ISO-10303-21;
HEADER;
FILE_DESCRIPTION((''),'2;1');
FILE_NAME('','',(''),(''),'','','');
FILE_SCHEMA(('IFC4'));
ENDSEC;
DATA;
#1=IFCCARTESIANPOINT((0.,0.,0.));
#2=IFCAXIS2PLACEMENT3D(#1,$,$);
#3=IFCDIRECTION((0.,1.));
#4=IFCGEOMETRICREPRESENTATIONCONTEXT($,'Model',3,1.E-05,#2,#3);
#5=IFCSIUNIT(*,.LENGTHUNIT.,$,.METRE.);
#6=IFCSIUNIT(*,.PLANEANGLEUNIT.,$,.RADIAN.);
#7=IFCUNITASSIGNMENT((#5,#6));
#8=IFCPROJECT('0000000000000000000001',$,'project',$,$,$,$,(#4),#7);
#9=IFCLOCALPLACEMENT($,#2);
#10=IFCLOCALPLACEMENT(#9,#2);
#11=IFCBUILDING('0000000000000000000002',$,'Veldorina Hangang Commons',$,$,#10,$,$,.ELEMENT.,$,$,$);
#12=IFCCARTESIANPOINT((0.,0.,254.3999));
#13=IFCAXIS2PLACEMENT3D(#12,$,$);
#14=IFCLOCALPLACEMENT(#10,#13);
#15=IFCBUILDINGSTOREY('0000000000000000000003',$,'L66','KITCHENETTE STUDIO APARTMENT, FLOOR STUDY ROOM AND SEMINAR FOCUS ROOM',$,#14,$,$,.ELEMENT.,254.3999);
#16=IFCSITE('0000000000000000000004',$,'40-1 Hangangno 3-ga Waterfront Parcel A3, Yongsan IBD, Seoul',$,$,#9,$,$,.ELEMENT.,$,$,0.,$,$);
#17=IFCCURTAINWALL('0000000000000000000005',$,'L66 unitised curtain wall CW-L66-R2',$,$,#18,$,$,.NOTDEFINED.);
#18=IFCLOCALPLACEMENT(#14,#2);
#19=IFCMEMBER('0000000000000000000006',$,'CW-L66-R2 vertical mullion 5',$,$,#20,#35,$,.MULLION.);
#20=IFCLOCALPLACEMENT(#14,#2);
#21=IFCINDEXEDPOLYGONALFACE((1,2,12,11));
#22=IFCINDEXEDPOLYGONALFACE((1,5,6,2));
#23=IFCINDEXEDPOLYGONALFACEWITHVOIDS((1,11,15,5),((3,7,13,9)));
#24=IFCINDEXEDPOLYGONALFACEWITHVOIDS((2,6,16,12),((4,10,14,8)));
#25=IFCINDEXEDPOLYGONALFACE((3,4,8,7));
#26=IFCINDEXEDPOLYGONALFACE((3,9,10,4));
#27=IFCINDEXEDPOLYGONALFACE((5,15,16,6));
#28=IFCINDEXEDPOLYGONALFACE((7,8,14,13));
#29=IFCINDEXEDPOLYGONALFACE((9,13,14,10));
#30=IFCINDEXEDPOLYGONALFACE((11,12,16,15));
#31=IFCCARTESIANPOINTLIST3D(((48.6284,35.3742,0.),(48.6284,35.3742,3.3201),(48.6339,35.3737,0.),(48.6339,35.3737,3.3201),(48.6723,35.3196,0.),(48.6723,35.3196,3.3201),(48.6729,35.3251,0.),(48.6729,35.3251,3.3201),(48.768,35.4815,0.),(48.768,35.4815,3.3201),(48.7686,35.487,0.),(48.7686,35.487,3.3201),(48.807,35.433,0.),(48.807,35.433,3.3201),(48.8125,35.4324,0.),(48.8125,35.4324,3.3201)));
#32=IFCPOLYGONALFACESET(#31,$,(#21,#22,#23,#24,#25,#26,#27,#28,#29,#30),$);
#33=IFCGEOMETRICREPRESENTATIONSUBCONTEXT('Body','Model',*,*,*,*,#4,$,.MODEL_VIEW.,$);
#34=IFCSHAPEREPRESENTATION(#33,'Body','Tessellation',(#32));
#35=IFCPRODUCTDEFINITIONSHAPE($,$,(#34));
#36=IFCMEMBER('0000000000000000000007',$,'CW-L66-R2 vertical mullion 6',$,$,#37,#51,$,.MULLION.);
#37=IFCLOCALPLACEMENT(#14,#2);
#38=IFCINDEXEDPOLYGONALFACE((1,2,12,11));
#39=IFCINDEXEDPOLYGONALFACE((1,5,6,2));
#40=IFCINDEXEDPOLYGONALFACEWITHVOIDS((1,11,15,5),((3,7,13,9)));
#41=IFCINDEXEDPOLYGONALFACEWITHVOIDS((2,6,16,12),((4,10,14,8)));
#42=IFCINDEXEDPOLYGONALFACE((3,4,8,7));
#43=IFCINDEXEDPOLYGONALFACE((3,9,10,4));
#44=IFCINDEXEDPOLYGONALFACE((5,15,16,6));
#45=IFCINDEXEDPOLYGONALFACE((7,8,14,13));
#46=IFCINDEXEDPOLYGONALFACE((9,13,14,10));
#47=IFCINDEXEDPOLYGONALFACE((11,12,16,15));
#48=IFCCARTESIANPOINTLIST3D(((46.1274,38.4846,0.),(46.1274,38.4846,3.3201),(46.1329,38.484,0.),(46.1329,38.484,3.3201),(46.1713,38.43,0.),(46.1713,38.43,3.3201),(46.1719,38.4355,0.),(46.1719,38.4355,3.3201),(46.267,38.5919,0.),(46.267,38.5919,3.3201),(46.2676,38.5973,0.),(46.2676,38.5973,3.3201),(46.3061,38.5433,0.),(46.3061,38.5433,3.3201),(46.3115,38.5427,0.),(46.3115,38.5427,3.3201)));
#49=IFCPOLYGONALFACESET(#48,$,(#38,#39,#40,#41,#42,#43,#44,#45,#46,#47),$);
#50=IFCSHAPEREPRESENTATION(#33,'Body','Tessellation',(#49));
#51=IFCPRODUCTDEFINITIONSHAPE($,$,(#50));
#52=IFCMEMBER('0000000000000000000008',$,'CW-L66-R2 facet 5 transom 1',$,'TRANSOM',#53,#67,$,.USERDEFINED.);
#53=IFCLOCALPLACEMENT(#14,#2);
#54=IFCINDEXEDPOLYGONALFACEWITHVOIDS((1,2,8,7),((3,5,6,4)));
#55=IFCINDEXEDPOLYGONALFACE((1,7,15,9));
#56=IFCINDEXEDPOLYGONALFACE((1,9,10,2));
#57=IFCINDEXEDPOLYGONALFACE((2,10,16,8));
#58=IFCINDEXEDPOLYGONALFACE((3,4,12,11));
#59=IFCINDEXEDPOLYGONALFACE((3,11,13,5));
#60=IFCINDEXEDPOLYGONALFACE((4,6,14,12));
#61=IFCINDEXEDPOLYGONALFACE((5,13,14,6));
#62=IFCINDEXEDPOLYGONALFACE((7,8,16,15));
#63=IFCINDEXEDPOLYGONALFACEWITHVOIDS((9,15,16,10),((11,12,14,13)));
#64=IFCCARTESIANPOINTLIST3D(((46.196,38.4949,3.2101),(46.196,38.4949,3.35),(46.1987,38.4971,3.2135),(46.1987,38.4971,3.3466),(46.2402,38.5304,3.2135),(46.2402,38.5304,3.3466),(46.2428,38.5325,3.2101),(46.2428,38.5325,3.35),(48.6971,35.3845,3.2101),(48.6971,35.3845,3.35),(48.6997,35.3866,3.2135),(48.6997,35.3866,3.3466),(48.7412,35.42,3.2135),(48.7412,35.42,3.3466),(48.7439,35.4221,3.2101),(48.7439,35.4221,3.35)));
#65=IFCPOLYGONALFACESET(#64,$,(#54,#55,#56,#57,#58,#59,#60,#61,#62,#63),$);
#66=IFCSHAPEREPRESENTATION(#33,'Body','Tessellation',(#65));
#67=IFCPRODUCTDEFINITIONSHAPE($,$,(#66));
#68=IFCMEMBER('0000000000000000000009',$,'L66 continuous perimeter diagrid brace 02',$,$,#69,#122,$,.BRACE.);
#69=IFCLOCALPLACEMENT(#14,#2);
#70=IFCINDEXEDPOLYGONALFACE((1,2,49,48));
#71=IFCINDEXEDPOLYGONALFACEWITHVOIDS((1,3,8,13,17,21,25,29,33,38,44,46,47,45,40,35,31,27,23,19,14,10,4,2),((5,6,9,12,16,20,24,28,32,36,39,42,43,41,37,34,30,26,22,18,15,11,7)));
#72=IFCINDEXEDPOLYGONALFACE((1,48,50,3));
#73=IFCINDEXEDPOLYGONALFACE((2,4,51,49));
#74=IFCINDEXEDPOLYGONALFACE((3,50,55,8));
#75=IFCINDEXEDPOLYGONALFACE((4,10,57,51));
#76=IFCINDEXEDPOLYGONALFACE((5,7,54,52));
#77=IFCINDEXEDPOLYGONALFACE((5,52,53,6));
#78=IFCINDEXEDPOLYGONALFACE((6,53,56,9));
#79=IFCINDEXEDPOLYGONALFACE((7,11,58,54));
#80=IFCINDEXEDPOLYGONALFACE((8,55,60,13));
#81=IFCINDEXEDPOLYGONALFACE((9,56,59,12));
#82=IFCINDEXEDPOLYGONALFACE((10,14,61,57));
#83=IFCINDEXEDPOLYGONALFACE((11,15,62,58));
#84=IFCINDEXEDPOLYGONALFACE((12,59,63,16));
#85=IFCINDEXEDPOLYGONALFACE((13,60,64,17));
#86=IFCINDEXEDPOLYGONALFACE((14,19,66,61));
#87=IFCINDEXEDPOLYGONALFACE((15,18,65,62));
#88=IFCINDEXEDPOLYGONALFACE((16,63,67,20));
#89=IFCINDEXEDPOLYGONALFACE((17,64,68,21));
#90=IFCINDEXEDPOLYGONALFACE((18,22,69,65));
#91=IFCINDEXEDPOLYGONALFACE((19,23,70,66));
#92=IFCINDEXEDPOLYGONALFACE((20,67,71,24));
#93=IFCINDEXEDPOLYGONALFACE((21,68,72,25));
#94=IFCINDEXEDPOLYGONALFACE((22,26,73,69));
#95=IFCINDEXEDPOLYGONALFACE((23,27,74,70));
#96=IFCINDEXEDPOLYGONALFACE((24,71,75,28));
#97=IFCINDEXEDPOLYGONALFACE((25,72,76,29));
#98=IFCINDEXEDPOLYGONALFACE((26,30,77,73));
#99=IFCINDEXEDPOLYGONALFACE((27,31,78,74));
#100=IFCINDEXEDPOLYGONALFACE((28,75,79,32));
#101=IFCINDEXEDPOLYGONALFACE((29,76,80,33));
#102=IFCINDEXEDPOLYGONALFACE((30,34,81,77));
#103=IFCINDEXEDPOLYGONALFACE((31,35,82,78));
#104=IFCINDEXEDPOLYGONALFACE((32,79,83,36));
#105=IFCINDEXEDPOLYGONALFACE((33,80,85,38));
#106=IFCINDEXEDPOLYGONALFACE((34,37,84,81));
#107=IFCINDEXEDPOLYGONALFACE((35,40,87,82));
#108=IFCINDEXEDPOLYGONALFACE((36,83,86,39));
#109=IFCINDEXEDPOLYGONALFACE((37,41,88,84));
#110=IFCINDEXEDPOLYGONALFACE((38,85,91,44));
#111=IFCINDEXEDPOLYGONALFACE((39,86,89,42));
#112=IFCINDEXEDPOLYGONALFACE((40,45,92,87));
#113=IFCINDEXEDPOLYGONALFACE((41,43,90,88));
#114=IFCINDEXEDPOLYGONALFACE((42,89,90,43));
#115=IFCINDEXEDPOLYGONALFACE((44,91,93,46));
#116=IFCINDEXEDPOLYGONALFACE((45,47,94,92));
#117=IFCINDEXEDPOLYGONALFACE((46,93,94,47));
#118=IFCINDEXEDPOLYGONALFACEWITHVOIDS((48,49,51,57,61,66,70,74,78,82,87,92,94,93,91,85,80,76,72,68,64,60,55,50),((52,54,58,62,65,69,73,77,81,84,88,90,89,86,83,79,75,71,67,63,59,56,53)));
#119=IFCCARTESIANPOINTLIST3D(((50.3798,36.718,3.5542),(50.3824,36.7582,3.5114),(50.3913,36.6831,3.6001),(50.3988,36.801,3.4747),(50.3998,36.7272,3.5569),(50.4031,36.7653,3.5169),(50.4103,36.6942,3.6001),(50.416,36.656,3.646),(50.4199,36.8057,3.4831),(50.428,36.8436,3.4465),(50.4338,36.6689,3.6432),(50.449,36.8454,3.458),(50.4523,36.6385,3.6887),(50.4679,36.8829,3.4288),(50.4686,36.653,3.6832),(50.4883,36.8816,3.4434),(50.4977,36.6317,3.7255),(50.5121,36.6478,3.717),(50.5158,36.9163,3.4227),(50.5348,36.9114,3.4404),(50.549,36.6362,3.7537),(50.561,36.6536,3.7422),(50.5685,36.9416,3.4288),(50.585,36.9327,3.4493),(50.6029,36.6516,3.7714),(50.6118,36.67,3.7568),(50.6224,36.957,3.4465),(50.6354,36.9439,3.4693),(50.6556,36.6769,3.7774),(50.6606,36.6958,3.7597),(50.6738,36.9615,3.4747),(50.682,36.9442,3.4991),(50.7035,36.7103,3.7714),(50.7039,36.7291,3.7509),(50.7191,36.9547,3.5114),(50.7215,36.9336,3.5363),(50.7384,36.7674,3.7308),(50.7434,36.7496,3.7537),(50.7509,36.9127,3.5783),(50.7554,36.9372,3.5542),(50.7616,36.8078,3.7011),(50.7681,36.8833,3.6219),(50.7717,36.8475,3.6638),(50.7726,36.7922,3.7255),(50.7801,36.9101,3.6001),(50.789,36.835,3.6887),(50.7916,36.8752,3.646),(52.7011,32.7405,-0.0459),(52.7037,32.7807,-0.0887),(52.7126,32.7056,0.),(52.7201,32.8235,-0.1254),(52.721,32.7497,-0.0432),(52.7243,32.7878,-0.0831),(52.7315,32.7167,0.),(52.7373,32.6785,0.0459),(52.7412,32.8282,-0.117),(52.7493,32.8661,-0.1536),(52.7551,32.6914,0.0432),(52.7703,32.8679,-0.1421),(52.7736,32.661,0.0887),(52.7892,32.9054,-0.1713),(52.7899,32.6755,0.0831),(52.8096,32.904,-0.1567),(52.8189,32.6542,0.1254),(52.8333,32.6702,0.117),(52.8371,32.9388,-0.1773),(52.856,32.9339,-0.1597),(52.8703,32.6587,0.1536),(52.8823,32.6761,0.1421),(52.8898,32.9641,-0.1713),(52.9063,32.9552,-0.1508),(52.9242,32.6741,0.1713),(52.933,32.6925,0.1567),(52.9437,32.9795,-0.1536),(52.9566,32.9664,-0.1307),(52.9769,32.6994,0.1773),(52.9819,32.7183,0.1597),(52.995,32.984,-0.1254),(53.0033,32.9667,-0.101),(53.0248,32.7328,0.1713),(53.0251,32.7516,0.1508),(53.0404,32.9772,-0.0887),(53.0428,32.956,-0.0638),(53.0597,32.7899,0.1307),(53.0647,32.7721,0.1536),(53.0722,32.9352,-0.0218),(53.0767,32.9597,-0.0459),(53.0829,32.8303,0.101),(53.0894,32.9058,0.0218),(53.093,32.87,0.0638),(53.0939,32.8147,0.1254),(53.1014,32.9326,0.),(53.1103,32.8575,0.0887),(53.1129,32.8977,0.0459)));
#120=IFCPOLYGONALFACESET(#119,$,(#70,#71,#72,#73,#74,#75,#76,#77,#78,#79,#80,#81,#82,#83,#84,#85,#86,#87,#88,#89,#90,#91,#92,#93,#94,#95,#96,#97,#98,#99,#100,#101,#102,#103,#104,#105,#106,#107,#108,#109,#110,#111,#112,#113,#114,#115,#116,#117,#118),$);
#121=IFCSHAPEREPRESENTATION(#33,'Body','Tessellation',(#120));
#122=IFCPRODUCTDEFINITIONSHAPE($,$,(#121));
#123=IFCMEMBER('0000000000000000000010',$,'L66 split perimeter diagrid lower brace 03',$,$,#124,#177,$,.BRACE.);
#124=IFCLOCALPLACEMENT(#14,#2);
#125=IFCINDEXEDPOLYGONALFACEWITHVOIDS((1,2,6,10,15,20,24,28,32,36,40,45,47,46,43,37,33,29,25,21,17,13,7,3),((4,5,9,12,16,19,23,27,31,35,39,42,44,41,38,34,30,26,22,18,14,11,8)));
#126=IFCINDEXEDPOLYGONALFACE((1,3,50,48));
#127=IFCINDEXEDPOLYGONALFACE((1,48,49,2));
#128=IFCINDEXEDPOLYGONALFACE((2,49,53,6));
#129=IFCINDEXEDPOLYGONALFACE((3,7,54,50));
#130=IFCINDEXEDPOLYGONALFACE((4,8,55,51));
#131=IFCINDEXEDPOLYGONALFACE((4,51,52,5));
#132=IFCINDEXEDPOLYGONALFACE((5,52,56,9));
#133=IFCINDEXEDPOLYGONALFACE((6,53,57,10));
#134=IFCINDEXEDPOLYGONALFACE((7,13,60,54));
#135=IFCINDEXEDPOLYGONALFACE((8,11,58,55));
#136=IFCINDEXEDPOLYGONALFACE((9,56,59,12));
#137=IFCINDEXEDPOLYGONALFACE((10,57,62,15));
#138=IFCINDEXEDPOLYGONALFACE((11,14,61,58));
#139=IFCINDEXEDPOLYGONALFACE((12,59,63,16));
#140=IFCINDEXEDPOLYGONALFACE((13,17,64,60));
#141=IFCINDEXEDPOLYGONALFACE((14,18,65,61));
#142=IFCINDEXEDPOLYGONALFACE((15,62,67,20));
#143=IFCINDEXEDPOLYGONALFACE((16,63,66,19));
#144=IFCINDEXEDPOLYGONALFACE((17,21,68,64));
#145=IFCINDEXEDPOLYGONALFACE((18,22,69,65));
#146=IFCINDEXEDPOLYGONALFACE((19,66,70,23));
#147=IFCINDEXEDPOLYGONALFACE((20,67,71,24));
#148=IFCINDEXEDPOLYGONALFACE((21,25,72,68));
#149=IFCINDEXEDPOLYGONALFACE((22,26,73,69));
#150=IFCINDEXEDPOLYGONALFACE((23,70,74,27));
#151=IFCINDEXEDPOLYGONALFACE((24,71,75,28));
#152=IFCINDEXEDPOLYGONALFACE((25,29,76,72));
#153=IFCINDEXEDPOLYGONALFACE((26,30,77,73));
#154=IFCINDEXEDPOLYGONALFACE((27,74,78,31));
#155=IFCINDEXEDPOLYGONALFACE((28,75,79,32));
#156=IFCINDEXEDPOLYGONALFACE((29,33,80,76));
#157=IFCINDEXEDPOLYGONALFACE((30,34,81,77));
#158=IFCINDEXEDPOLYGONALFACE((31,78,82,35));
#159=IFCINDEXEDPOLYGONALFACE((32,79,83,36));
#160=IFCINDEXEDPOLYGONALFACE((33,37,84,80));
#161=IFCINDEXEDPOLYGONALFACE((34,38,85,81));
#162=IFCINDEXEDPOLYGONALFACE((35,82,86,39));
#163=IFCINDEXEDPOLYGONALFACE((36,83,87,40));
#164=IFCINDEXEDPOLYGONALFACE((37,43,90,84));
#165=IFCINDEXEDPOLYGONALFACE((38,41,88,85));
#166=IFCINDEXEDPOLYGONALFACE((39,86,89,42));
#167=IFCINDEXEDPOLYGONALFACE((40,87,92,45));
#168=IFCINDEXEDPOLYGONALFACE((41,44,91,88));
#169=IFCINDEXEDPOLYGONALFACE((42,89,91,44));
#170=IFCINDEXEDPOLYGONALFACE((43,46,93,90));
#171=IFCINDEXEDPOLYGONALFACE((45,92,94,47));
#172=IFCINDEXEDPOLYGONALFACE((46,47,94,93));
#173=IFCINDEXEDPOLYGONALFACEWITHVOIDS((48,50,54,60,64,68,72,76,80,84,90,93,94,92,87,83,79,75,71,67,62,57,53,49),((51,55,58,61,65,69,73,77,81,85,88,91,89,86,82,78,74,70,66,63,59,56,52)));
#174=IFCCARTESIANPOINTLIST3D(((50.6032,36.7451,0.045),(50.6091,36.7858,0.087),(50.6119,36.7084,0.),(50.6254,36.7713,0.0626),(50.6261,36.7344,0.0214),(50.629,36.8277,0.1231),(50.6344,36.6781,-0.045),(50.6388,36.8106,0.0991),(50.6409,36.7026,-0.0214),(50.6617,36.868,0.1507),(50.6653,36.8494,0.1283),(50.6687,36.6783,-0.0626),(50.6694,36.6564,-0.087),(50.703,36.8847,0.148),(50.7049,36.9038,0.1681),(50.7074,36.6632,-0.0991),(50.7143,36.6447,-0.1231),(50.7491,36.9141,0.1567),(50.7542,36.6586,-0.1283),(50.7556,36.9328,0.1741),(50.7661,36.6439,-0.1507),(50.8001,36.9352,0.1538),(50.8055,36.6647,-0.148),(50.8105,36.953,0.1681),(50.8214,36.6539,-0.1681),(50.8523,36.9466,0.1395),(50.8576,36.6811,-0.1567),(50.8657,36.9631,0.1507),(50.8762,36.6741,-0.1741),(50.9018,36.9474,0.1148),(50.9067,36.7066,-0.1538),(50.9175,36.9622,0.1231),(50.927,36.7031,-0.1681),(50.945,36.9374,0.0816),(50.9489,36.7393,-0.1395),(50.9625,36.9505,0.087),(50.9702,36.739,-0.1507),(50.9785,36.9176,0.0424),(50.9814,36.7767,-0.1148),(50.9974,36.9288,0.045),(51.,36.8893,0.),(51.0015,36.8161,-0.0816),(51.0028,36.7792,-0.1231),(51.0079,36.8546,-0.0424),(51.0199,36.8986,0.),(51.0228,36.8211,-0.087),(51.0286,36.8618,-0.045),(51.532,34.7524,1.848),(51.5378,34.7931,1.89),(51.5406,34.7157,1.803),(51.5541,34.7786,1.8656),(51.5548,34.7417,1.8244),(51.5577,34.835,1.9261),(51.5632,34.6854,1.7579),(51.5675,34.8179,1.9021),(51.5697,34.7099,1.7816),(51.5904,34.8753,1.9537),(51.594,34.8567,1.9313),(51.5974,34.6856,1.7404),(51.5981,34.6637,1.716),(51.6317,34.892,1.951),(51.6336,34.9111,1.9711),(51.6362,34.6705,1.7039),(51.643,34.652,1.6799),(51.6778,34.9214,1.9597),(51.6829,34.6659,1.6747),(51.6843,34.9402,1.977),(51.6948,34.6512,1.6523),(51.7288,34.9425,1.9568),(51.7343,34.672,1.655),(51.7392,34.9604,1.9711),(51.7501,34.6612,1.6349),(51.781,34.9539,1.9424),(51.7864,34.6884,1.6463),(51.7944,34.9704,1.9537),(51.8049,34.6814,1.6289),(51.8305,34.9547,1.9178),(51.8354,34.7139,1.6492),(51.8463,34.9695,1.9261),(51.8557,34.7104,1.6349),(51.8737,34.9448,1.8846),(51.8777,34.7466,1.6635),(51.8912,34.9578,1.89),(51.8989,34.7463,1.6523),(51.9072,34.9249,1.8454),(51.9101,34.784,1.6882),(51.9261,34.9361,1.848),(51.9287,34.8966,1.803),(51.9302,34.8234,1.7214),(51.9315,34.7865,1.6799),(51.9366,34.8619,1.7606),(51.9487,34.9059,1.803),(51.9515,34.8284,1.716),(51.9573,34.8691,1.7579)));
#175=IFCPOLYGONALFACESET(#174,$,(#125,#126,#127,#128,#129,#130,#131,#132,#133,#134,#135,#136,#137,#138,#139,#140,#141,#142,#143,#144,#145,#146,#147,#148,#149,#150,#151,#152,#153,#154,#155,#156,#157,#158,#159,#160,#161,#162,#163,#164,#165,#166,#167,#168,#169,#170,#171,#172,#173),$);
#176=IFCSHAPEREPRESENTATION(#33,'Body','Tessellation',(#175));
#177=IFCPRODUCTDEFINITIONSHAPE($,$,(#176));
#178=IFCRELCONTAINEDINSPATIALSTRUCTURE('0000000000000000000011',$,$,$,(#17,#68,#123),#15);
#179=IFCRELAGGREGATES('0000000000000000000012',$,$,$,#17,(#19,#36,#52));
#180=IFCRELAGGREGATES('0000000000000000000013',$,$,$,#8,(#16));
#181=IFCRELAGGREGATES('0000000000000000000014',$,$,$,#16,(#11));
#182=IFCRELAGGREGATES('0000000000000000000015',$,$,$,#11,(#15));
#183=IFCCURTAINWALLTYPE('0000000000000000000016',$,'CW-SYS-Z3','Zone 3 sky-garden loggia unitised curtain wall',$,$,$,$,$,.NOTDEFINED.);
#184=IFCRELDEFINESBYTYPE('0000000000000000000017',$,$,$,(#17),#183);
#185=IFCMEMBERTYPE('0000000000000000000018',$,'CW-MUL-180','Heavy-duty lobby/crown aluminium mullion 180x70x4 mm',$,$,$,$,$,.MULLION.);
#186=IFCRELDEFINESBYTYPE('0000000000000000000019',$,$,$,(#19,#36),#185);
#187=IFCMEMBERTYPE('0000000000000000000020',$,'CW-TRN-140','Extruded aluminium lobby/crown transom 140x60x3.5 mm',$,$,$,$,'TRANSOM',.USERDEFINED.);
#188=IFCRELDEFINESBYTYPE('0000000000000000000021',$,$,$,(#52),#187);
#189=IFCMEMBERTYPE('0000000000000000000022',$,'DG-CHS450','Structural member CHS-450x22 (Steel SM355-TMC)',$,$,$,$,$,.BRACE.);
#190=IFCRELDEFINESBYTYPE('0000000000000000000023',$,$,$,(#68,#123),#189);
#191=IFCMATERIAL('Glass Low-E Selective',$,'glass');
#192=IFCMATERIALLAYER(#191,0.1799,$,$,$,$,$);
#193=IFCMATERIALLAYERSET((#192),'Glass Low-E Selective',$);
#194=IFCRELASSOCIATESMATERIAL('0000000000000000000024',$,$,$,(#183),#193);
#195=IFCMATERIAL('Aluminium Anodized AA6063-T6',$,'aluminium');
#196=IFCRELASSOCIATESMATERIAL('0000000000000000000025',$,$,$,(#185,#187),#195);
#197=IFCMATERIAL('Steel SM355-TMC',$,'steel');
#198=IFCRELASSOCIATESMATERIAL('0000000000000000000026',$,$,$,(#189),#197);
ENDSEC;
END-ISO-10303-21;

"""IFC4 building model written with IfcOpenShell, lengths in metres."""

from ifc_helpers import new_model, si_unit, direction, frame, origin, origin_2d, place, context, subcontext, project, spatial, hollow_rectangle, hollow_circle, extrude, material, layer, layer_set, material_profile, profile_set, type_object, element, aggregate, save


model = new_model("IFC4")

# Units and contexts
model_context = context("Model", 3, precision=1e-05, world=origin(), true_north=direction((0.0, 1.0)))
body_context = subcontext(model_context, "Body", "Model", "MODEL_VIEW")
ifc_project = project(units=[si_unit("LENGTHUNIT", "METRE"), si_unit("PLANEANGLEUNIT", "RADIAN")], contexts=[model_context])

# Site, building, storey
site_placement = place(None, origin())
site = spatial("IfcSite", under=ifc_project, at=site_placement, Name="40-1 Hangangno 3-ga Waterfront Parcel A3, Yongsan IBD, Seoul", CompositionType="ELEMENT", RefElevation=0.0)
building_placement = place(site_placement, origin())
building = spatial("IfcBuilding", under=site, at=building_placement, Name="Veldorina Hangang Commons", CompositionType="ELEMENT")
storey_placement = place(building_placement, frame((0.0, 0.0, 254.3999)))
storey = spatial("IfcBuildingStorey", under=building, at=storey_placement, Name="L66", Description="KITCHENETTE STUDIO APARTMENT, FLOOR STUDY ROOM AND SEMINAR FOCUS ROOM", CompositionType="ELEMENT", Elevation=254.3999)

# Shared definitions
ifc_material_1 = material(Name="Steel SM355-TMC", Category="steel")

# Curtain wall, members
ifc_material_2 = material(Name="Glass Low-E Selective", Category="glass")
ifc_layer_1 = layer(ifc_material_2, 0.1799)
ifc_layer_set_1 = layer_set([ifc_layer_1], Name="Glass Low-E Selective")
curtain_wall_type = type_object("IfcCurtainWallType", Name="CW-SYS-Z3", Description="Zone 3 sky-garden loggia unitised curtain wall", PredefinedType="NOTDEFINED", material=ifc_layer_set_1)
curtain_wall_placement = place(storey_placement, origin())
curtain_wall = element("IfcCurtainWall", 1, at=curtain_wall_placement, inside=storey, type_object=curtain_wall_type, Name="L66 unitised curtain wall CW-L66-R2", PredefinedType="NOTDEFINED")
ifc_material_3 = material(Name="Aluminium Anodized AA6063-T6", Category="aluminium")
ifc_material_profile_1 = material_profile(ifc_material_3, hollow_rectangle(XDim=0.0701, YDim=0.1799, WallThickness=0.0039, at=origin_2d()), Name="ALU-RHS-180x70x4")
ifc_profile_set_1 = profile_set([ifc_material_profile_1], Name="Aluminium Anodized AA6063-T6")
member_type_1 = type_object("IfcMemberType", Name="CW-MUL-180", Description="Heavy-duty lobby/crown aluminium mullion 180x70x4 mm", PredefinedType="MULLION", material=ifc_profile_set_1)
member_1_placement = place(storey_placement, frame((48.7205, 35.4033, 0.0), z_axis=(0.0, 0.0, 1.0), x_axis=(-0.626631, 0.779316, 0.0)))
member_1 = element("IfcMember", 2, at=member_1_placement, type_object=member_type_1, Name="CW-L66-R2 vertical mullion 5", PredefinedType="MULLION", context=body_context, shape_type="SweptSolid", body=[
    extrude(hollow_rectangle(XDim=0.0701, YDim=0.1799, WallThickness=0.0039, at=origin_2d()), origin(), (0.0, 0.0, 1.0), 3.3201),
])
member_2_placement = place(storey_placement, frame((46.2195, 38.5137, 0.0), z_axis=(0.0, 0.0, 1.0), x_axis=(0.626631, -0.779316, 0.0)))
member_2 = element("IfcMember", 3, at=member_2_placement, type_object=member_type_1, Name="CW-L66-R2 vertical mullion 6", PredefinedType="MULLION", context=body_context, shape_type="SweptSolid", body=[
    extrude(hollow_rectangle(XDim=0.0701, YDim=0.1799, WallThickness=0.0039, at=origin_2d()), origin(), (0.0, 0.0, 1.0), 3.3201),
])
ifc_material_profile_2 = material_profile(ifc_material_3, hollow_rectangle(XDim=0.0601, YDim=0.1399, WallThickness=0.0034, at=origin_2d()), Name="ALU-RHS-140x60x3.5")
ifc_profile_set_2 = profile_set([ifc_material_profile_2], Name="Aluminium Anodized AA6063-T6")
member_type_2 = type_object("IfcMemberType", Name="CW-TRN-140", Description="Extruded aluminium lobby/crown transom 140x60x3.5 mm", ElementType="TRANSOM", PredefinedType="USERDEFINED", material=ifc_profile_set_2)
member_3_placement = place(storey_placement, frame((48.7205, 35.4033, 3.28), z_axis=(-0.626633, 0.779315, 0.0), x_axis=(-0.779315, -0.626633, 0.0)))
member_3 = element("IfcMember", 4, at=member_3_placement, type_object=member_type_2, Name="CW-L66-R2 facet 5 transom 1", ObjectType="TRANSOM", PredefinedType="USERDEFINED", context=body_context, shape_type="SweptSolid", body=[
    extrude(hollow_rectangle(XDim=0.0601, YDim=0.1399, WallThickness=0.0034, at=origin_2d()), origin(), (0.0, 0.0, 1.0), 3.9912),
])

# Members
ifc_material_profile_3 = material_profile(ifc_material_1, hollow_circle(Radius=0.2251, WallThickness=0.022, at=origin_2d()), Name="CHS-450x22")
ifc_profile_set_3 = profile_set([ifc_material_profile_3], Name="Steel SM355-TMC")
member_type_3 = type_object("IfcMemberType", Name="DG-CHS450", Description="Structural member CHS-450x22 (Steel SM355-TMC)", PredefinedType="BRACE", material=ifc_profile_set_3)
member_4_placement = place(storey_placement, frame((52.907, 32.8191, 0.0), z_axis=(-0.397107, 0.680444, 0.615875), x_axis=(-0.863679, -0.504042, 0.0)))
element("IfcMember", 5, at=member_4_placement, inside=storey, type_object=member_type_3, Name="L66 continuous perimeter diagrid brace 02", PredefinedType="BRACE", context=body_context, shape_type="SweptSolid", body=[
    extrude(hollow_circle(Radius=0.2251, WallThickness=0.022, at=origin_2d()), origin(), (0.0, 0.0, 1.0), 5.8455),
])
member_5_placement = place(storey_placement, frame((50.8159, 36.8035, 0.0), z_axis=(0.326639, -0.700848, 0.634129), x_axis=(0.906393, 0.422436, 0.0)))
element("IfcMember", 6, at=member_5_placement, inside=storey, type_object=member_type_3, Name="L66 split perimeter diagrid lower brace 03", PredefinedType="BRACE", context=body_context, shape_type="SweptSolid", body=[
    extrude(hollow_circle(Radius=0.2251, WallThickness=0.022, at=origin_2d()), origin(), (0.0, 0.0, 1.0), 2.8433),
])

aggregate(curtain_wall, [member_1, member_2, member_3])

save(model, "model.ifc")
